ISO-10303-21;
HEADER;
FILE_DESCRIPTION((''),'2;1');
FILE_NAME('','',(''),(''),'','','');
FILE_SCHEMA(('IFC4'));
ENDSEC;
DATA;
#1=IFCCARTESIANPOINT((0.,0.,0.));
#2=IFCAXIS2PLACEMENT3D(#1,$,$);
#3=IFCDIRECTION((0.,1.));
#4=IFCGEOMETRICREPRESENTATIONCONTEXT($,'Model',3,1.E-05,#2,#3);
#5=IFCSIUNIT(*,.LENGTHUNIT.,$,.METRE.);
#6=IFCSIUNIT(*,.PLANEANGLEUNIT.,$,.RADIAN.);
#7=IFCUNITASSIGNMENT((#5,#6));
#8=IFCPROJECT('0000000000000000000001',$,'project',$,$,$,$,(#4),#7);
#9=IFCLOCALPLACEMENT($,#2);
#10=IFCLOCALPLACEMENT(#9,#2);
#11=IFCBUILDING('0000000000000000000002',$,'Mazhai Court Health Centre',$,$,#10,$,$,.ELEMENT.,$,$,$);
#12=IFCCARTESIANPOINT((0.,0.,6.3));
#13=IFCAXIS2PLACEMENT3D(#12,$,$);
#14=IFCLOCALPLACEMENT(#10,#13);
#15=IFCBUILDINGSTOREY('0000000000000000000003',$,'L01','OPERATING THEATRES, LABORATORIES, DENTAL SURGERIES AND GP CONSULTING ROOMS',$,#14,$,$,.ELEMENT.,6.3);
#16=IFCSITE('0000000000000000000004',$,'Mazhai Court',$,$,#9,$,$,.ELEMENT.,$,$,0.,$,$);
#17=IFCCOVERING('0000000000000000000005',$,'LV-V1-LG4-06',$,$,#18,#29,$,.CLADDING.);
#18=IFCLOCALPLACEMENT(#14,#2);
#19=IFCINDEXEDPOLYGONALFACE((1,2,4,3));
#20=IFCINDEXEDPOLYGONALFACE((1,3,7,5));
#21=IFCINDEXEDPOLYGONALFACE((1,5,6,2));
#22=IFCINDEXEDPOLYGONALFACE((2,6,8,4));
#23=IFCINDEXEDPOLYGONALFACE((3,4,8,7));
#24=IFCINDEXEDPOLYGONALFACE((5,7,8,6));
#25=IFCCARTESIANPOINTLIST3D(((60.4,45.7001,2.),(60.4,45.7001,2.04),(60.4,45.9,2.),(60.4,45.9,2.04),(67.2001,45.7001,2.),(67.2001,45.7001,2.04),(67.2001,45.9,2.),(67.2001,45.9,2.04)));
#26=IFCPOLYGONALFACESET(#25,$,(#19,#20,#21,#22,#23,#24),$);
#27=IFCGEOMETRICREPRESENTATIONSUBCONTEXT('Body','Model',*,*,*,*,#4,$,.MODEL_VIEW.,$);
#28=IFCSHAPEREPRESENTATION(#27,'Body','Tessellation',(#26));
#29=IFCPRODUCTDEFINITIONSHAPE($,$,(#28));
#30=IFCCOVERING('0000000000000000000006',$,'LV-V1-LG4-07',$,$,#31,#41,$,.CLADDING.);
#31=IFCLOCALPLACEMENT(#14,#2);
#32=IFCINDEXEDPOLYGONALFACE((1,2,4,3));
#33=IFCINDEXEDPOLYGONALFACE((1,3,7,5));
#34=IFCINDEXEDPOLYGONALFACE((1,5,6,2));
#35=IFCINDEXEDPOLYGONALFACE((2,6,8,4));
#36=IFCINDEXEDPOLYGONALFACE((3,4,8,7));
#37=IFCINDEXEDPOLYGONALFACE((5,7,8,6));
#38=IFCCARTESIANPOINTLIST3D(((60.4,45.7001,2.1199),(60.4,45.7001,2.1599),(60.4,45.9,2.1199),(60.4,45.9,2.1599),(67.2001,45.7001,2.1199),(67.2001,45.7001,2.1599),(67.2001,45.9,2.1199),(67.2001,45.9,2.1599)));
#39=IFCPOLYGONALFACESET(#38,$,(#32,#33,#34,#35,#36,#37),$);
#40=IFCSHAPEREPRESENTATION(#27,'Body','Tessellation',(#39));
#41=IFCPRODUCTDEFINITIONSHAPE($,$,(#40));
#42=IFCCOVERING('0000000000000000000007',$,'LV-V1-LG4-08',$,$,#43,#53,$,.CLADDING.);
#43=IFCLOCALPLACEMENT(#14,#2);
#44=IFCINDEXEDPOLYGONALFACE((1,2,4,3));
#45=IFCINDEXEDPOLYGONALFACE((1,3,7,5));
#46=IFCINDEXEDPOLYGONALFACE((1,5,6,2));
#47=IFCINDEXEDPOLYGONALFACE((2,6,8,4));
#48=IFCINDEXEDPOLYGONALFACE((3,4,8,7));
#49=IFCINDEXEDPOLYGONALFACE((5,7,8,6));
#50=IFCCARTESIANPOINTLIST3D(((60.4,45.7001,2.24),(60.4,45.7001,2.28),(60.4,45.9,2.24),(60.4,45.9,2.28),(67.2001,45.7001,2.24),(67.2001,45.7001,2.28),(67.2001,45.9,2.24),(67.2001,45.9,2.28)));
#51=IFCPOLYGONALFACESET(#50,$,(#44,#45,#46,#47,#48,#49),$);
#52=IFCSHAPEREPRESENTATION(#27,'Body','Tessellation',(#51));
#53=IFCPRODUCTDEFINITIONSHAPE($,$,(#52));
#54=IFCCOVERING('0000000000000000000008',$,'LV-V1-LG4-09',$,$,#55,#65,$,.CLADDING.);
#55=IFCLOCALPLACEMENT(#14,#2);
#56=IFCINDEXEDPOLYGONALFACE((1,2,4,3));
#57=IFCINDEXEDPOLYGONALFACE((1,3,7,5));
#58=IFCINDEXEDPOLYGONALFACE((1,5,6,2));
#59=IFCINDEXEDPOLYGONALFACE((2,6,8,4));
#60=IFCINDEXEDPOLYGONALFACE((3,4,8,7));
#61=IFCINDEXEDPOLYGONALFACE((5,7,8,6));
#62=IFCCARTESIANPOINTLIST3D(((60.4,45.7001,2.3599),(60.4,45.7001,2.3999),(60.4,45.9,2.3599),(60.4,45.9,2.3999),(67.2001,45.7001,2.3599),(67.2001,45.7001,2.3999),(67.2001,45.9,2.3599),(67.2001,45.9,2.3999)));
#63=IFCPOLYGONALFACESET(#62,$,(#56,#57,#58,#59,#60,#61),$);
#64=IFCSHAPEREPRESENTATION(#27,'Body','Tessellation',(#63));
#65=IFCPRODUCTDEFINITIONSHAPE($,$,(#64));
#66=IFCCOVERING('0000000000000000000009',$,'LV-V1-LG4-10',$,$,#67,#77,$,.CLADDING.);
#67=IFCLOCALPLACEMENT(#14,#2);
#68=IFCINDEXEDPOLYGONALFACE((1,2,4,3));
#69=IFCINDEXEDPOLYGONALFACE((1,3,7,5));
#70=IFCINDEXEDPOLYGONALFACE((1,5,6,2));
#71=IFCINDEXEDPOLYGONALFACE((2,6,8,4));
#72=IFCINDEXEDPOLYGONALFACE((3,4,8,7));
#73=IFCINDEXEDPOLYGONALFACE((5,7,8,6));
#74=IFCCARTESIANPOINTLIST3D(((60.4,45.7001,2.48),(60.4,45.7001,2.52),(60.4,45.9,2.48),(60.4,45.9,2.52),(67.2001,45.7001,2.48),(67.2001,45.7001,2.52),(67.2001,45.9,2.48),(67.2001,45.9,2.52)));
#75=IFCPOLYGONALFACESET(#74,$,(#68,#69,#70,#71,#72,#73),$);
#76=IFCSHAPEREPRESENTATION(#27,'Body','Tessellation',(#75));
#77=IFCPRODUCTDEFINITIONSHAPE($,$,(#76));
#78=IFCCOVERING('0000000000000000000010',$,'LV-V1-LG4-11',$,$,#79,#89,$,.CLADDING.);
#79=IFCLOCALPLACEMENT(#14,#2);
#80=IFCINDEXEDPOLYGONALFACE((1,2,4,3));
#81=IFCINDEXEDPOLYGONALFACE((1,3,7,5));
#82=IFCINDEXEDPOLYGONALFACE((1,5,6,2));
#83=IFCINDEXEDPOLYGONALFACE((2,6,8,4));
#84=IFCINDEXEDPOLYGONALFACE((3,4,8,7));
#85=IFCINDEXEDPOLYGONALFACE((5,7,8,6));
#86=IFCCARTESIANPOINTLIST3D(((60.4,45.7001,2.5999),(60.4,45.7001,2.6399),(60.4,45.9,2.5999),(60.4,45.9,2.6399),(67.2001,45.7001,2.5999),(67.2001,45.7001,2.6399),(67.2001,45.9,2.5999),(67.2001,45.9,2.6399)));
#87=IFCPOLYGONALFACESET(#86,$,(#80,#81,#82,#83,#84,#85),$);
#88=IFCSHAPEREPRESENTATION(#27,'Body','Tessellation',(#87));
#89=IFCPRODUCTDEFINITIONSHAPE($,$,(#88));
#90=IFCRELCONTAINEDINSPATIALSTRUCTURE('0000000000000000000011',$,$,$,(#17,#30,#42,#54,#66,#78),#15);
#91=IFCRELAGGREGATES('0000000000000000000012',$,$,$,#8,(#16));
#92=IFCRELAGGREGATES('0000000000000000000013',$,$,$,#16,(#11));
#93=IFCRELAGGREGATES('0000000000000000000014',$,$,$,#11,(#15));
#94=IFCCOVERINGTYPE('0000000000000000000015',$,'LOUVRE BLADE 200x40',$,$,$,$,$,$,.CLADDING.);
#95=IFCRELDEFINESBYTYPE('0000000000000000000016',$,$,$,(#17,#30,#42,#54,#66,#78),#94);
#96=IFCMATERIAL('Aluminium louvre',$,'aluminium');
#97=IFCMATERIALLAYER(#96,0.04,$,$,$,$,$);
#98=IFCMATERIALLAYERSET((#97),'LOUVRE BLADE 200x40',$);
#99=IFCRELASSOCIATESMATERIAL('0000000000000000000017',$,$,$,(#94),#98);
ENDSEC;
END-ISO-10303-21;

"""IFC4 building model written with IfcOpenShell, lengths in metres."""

from ifc_helpers import new_model, si_unit, direction, frame, origin, origin_2d, place, context, subcontext, project, spatial, rectangle, extrude, material, layer, layer_set, type_object, element, save


model = new_model("IFC4")

# Units and contexts
model_context = context("Model", 3, precision=1e-05, world=origin(), true_north=direction((0.0, 1.0)))
body_context = subcontext(model_context, "Body", "Model", "MODEL_VIEW")
ifc_project = project(units=[si_unit("LENGTHUNIT", "METRE"), si_unit("PLANEANGLEUNIT", "RADIAN")], contexts=[model_context])

# Site, building, storey
site_placement = place(None, origin())
site = spatial("IfcSite", under=ifc_project, at=site_placement, Name="Mazhai Court", CompositionType="ELEMENT", RefElevation=0.0)
building_placement = place(site_placement, origin())
building = spatial("IfcBuilding", under=site, at=building_placement, Name="Mazhai Court Health Centre", CompositionType="ELEMENT")
storey_placement = place(building_placement, frame((0.0, 0.0, 6.3)))
storey = spatial("IfcBuildingStorey", under=building, at=storey_placement, Name="L01", Description="OPERATING THEATRES, LABORATORIES, DENTAL SURGERIES AND GP CONSULTING ROOMS", CompositionType="ELEMENT", Elevation=6.3)

# Coverings
ifc_material_1 = material(Name="Aluminium louvre", Category="aluminium")
ifc_layer_1 = layer(ifc_material_1, 0.04)
ifc_layer_set_1 = layer_set([ifc_layer_1], Name="LOUVRE BLADE 200x40")
covering_type = type_object("IfcCoveringType", Name="LOUVRE BLADE 200x40", PredefinedType="CLADDING", material=ifc_layer_set_1)
for number, where, z_axis, x_axis, name in (
    (1, (63.8, 45.8, 2.0), (0.0, 0.0, 1.0), (0.0, 1.0, 0.0), "LV-V1-LG4-06"),
    (2, (63.8, 45.8, 2.1199), (0.0, 0.0, 1.0), (0.0, 1.0, 0.0), "LV-V1-LG4-07"),
    (3, (63.8, 45.8, 2.24), (0.0, 0.0, 1.0), (0.0, 1.0, 0.0), "LV-V1-LG4-08"),
    (4, (63.8, 45.8, 2.3599), (0.0, 0.0, 1.0), (0.0, 1.0, 0.0), "LV-V1-LG4-09"),
    (5, (63.8, 45.8, 2.48), (0.0, 0.0, 1.0), (0.0, 1.0, 0.0), "LV-V1-LG4-10"),
    (6, (63.8, 45.8, 2.5999), (0.0, 0.0, 1.0), (0.0, 1.0, 0.0), "LV-V1-LG4-11"),
):
    element("IfcCovering", number, at=place(storey_placement, frame(where, z_axis=z_axis, x_axis=x_axis)), inside=storey, type_object=covering_type, Name=name, PredefinedType="CLADDING", context=body_context, shape_type="SweptSolid", body=[
        extrude(rectangle(XDim=0.2, YDim=6.8, at=origin_2d()), origin(), (0.0, 0.0, 1.0), 0.04),
    ])

save(model, "model.ifc")
